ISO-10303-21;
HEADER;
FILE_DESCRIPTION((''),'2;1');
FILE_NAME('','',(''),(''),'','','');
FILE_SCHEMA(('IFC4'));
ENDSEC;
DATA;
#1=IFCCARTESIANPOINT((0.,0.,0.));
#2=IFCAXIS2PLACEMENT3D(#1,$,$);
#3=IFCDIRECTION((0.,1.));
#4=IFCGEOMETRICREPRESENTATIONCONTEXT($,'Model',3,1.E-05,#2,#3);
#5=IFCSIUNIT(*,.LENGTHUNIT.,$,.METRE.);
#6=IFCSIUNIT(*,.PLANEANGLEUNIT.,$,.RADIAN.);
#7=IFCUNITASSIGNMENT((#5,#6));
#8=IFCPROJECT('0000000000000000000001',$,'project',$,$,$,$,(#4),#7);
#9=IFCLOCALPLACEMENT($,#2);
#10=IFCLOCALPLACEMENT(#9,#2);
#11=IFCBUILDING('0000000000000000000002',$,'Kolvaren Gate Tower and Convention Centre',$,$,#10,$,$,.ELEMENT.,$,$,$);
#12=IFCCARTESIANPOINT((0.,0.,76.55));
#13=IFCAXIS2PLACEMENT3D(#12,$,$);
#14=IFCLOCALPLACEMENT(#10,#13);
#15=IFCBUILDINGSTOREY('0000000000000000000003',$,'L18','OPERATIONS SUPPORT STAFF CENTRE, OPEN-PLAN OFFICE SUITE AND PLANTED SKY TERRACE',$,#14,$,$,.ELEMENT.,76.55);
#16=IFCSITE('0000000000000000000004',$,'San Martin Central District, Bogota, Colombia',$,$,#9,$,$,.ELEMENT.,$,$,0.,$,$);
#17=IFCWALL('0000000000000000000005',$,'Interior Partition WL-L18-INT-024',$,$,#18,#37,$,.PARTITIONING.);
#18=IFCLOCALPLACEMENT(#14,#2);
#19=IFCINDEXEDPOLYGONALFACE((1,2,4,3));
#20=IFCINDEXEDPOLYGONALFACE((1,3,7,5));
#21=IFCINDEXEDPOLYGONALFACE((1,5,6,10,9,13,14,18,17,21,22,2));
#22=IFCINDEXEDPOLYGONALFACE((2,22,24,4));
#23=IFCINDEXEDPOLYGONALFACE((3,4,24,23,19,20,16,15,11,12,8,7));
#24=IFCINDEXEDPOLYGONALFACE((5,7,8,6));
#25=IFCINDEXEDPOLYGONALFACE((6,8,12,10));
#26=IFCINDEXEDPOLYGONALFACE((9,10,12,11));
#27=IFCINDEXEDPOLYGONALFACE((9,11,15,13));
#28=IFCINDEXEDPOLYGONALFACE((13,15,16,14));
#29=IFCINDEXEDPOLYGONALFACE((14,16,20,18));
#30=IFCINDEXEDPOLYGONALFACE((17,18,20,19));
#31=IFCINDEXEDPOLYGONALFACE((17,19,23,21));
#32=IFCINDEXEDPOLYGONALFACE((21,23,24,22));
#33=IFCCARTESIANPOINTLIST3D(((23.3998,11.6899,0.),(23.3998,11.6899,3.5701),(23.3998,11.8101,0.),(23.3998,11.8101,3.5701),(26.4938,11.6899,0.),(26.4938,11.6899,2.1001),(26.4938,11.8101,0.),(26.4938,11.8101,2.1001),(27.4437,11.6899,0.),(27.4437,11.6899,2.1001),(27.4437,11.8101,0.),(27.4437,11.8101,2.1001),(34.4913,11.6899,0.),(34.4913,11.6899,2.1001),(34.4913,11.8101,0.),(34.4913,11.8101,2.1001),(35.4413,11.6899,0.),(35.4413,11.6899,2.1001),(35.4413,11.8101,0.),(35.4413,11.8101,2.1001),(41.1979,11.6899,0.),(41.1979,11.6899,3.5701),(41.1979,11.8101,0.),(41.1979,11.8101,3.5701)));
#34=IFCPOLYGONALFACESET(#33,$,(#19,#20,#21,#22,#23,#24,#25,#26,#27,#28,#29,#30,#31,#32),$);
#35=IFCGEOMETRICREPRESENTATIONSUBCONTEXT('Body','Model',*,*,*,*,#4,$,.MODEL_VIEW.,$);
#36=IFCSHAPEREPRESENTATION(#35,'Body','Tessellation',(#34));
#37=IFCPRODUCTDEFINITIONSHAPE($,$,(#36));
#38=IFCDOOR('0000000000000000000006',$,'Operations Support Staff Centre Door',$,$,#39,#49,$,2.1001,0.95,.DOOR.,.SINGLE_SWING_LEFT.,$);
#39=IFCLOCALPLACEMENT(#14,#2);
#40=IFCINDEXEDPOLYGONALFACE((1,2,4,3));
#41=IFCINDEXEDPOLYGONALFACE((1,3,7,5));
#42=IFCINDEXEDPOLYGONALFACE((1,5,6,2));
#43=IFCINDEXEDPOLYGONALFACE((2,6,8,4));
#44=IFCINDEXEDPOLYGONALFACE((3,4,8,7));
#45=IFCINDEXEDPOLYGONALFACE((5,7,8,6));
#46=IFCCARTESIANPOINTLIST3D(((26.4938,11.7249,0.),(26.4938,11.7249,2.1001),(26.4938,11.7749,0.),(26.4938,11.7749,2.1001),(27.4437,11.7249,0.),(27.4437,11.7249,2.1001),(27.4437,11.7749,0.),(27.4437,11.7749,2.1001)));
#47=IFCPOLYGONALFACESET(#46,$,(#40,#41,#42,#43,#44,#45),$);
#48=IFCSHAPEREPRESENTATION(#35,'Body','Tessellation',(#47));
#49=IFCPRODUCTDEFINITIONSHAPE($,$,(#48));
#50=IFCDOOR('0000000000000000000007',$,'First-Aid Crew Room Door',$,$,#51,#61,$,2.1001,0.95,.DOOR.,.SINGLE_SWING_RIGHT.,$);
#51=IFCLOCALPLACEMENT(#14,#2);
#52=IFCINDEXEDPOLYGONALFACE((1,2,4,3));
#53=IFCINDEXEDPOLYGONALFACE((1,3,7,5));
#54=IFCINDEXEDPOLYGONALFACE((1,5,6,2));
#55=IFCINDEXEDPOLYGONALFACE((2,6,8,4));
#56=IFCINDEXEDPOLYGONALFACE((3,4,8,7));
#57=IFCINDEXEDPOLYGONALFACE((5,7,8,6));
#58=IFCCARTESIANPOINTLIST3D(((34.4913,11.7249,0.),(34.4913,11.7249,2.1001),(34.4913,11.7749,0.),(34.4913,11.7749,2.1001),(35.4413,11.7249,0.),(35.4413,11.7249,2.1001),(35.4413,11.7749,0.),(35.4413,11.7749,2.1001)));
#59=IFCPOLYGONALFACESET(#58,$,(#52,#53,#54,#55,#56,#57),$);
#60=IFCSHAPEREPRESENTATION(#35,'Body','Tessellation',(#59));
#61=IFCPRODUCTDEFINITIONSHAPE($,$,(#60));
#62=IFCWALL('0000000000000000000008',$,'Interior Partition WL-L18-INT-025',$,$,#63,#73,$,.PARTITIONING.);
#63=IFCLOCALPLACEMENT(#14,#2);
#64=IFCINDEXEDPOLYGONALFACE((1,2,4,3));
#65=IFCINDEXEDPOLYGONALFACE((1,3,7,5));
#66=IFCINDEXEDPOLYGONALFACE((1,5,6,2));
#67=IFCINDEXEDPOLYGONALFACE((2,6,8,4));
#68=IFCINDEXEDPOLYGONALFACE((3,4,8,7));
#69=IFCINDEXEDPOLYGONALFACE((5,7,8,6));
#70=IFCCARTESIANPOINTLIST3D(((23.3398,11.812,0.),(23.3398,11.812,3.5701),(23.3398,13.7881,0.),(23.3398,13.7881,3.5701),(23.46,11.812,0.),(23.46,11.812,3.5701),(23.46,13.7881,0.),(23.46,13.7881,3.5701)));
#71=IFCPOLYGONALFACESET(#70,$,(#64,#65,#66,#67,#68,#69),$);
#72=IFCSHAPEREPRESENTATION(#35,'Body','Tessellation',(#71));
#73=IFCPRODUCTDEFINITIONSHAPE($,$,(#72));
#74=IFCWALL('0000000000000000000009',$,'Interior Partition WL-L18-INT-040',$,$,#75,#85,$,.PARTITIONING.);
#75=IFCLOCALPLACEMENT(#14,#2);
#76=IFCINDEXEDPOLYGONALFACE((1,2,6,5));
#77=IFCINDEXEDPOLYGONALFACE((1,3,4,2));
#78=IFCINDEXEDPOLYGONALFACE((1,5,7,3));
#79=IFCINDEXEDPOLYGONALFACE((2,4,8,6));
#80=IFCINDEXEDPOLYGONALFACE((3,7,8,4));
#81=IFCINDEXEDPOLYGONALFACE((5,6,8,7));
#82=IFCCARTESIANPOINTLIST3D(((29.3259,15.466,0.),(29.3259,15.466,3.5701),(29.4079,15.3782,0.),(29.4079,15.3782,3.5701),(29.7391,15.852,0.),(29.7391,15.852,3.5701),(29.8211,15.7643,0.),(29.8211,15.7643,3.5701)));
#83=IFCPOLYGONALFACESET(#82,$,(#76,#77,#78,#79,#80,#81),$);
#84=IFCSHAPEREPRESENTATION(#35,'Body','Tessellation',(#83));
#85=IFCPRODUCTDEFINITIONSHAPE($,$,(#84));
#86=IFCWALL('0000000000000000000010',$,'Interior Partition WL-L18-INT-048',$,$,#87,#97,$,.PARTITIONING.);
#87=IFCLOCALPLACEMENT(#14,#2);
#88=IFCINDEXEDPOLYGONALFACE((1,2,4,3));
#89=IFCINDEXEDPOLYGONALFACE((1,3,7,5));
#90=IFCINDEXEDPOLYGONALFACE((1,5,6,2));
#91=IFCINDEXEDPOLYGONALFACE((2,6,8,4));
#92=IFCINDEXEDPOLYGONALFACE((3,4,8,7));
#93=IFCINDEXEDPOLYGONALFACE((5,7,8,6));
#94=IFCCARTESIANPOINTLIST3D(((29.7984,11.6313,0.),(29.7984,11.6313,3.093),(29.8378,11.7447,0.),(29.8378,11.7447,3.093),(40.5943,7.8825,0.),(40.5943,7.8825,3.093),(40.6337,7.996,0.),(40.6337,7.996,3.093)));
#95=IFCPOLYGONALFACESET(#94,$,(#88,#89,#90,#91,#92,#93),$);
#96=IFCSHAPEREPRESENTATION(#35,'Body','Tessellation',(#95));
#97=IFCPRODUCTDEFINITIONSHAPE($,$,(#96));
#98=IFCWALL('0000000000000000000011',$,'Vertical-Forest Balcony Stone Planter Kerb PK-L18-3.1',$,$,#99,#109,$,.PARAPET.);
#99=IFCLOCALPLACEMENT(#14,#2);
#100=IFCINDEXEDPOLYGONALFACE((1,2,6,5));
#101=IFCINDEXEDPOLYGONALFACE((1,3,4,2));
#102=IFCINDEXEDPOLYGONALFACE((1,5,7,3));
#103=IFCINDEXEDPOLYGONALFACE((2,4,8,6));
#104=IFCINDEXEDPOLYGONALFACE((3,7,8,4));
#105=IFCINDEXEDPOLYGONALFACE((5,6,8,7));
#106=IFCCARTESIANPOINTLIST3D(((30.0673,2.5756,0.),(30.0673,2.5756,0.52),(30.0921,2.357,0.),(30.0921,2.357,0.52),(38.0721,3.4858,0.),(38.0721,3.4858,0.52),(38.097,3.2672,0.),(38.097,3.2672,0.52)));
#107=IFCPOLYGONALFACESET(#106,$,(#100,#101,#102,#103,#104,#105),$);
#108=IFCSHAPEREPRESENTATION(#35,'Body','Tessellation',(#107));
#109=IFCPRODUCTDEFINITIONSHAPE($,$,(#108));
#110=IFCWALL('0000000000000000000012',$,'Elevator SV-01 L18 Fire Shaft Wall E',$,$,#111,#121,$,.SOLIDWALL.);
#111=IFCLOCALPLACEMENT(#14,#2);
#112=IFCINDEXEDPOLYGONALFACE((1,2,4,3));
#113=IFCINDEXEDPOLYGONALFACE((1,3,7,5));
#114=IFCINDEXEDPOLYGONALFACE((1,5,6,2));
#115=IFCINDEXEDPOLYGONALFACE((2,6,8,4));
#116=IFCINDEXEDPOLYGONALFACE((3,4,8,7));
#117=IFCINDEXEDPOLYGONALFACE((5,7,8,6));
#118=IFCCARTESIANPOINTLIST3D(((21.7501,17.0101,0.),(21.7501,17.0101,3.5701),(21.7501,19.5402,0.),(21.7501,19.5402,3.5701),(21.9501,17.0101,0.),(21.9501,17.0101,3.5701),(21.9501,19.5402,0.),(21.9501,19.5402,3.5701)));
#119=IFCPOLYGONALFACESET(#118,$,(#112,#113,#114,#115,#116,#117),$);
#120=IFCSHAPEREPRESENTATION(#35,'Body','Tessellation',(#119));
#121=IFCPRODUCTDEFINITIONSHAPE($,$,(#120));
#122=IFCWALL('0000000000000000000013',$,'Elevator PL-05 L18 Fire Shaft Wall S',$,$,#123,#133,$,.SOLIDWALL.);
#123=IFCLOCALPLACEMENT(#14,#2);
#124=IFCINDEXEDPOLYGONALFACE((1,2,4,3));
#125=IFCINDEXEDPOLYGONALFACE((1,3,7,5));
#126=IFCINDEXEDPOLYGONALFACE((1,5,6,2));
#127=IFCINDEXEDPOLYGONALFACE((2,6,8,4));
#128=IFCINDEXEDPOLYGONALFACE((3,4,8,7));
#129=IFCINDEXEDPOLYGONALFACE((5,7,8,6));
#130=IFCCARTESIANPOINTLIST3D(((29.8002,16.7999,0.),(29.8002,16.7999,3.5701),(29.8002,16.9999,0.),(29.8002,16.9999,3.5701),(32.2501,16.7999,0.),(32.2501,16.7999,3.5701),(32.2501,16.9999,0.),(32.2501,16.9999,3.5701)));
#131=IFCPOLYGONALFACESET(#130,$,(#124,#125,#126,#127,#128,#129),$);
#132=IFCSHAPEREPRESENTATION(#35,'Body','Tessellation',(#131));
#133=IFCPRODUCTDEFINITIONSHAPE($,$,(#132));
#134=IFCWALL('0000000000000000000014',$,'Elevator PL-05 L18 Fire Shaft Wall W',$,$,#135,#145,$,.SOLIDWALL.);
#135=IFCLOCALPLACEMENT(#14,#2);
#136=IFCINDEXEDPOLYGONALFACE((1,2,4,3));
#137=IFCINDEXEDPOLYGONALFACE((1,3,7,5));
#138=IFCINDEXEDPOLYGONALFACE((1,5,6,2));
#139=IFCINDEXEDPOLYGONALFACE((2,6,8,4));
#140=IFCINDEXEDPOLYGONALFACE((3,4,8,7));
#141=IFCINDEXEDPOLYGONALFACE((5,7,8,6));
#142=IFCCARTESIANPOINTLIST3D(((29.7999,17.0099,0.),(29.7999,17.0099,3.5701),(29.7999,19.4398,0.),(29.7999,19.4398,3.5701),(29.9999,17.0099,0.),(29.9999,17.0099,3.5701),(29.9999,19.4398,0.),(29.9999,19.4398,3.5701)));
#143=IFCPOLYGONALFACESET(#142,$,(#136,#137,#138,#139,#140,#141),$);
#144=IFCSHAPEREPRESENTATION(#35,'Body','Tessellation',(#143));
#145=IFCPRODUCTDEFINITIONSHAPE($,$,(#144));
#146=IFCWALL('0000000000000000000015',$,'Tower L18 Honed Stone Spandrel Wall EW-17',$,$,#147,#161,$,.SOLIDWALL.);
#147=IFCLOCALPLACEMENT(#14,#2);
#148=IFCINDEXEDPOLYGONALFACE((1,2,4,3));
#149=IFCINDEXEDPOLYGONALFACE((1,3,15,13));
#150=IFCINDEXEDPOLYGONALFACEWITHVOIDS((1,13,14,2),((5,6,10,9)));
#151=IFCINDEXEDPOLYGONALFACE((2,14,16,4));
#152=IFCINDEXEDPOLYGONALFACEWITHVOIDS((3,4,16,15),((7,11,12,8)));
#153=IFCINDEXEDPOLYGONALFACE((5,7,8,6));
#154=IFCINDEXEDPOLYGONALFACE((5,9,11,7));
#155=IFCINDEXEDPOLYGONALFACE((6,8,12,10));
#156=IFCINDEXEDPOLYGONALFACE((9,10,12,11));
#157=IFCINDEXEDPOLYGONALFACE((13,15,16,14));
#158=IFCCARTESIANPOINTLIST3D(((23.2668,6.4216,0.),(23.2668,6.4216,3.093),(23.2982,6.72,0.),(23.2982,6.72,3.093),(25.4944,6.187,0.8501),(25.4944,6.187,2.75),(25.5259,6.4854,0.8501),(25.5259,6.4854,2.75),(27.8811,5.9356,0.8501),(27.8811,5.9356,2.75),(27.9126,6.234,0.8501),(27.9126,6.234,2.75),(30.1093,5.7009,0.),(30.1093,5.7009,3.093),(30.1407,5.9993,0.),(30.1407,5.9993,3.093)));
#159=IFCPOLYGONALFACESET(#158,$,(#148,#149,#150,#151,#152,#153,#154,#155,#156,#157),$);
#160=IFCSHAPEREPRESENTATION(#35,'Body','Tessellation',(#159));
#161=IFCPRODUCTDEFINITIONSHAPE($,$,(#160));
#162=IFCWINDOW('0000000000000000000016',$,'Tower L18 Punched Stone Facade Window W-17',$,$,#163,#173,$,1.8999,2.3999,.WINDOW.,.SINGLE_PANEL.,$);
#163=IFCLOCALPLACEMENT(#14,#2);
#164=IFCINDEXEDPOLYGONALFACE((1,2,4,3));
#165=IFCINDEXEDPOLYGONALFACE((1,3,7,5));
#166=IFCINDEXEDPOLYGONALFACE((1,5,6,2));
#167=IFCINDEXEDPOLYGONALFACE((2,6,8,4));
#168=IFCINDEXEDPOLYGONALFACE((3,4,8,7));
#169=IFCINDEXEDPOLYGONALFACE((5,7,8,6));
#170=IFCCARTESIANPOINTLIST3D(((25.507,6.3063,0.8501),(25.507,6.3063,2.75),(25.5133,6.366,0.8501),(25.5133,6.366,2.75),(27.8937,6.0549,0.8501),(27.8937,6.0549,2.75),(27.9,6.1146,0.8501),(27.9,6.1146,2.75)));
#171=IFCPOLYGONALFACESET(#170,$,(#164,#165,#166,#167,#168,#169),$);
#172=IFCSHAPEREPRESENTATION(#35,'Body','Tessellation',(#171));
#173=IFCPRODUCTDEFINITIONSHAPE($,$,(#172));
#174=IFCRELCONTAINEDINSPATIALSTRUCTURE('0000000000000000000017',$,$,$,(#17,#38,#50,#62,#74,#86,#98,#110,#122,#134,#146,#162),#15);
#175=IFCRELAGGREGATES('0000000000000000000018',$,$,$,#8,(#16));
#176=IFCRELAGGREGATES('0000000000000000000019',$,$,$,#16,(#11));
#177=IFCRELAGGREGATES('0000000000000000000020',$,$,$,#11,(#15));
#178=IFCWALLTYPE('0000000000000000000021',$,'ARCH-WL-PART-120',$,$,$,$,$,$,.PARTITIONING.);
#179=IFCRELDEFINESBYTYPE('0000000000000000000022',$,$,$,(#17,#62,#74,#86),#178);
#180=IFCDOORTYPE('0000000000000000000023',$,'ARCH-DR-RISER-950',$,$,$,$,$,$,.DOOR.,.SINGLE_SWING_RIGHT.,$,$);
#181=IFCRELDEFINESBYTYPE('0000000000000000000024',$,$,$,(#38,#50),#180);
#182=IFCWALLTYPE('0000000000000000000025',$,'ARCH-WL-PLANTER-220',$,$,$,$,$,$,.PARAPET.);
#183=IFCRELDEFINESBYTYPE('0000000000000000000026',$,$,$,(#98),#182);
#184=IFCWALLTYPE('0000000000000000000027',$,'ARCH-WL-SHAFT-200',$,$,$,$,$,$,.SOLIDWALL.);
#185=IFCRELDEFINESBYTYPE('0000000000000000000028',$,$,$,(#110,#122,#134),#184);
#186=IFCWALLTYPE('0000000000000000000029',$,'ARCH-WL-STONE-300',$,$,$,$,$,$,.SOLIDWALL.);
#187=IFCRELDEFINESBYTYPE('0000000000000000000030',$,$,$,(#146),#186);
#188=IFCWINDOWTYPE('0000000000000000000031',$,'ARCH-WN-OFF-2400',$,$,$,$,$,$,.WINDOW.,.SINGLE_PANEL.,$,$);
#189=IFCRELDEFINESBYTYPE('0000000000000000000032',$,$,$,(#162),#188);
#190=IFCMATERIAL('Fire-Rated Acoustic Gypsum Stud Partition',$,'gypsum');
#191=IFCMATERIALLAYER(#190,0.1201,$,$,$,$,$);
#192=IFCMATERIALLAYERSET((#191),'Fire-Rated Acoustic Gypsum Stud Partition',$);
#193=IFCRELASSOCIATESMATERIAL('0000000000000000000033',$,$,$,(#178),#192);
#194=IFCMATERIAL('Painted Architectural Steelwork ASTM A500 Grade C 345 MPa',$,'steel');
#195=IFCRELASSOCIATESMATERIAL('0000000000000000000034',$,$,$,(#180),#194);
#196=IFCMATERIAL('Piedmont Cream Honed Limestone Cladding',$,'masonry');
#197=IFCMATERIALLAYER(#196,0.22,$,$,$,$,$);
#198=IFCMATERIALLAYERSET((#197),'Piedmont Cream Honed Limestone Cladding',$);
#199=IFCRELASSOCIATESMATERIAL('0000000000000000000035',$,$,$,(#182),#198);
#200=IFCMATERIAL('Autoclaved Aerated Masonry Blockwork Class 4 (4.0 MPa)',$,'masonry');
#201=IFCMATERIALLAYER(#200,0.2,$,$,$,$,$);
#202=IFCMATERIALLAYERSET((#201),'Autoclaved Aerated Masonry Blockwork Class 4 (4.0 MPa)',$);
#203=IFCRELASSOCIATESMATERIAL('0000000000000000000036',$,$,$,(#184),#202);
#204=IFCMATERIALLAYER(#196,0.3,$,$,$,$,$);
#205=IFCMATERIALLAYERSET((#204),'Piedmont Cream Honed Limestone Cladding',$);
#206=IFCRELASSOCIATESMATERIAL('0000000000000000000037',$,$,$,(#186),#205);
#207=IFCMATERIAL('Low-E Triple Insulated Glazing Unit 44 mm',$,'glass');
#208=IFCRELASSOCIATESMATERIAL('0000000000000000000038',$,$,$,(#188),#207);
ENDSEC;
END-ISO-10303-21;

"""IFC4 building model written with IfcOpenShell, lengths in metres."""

from ifc_helpers import new_model, si_unit, direction, frame, frame_2d, origin, place, context, subcontext, project, spatial, rectangle, extrude, material, layer, layer_set, type_object, element, fill, save


model = new_model("IFC4")

# Units and contexts
model_context = context("Model", 3, precision=1e-05, world=origin(), true_north=direction((0.0, 1.0)))
body_context = subcontext(model_context, "Body", "Model", "MODEL_VIEW")
ifc_project = project(units=[si_unit("LENGTHUNIT", "METRE"), si_unit("PLANEANGLEUNIT", "RADIAN")], contexts=[model_context])

# Site, building, storey
site_placement = place(None, origin())
site = spatial("IfcSite", under=ifc_project, at=site_placement, Name="San Martin Central District, Bogota, Colombia", CompositionType="ELEMENT", RefElevation=0.0)
building_placement = place(site_placement, origin())
building = spatial("IfcBuilding", under=site, at=building_placement, Name="Kolvaren Gate Tower and Convention Centre", CompositionType="ELEMENT")
storey_placement = place(building_placement, frame((0.0, 0.0, 76.55)))
storey = spatial("IfcBuildingStorey", under=building, at=storey_placement, Name="L18", Description="OPERATIONS SUPPORT STAFF CENTRE, OPEN-PLAN OFFICE SUITE AND PLANTED SKY TERRACE", CompositionType="ELEMENT", Elevation=76.55)

# Shared definitions
ifc_material_1 = material(Name="Fire-Rated Acoustic Gypsum Stud Partition", Category="gypsum")
ifc_layer_1 = layer(ifc_material_1, 0.1201)
ifc_layer_set_1 = layer_set([ifc_layer_1], Name="Fire-Rated Acoustic Gypsum Stud Partition")
wall_type_1 = type_object("IfcWallType", Name="ARCH-WL-PART-120", PredefinedType="PARTITIONING", material=ifc_layer_set_1)

# Wall, openings, doors
wall_1_placement = place(storey_placement, frame((23.3999, 11.75, 0.0), z_axis=(0.0, 0.0, 1.0), x_axis=(1.0, 0.0, 0.0)))
wall_1 = element("IfcWall", 1, at=wall_1_placement, inside=storey, type_object=wall_type_1, Name="Interior Partition WL-L18-INT-024", PredefinedType="PARTITIONING", context=body_context, shape_type="SweptSolid", body=[
    extrude(rectangle(XDim=17.7981, YDim=0.1201, at=frame_2d((8.8989, 0.0))), origin(), (0.0, 0.0, 1.0), 3.5701),
])
opening_1_placement = place(wall_1_placement, frame((3.0938, 0.0, 0.0)))
opening_1 = element("IfcOpeningElement", 2, at=opening_1_placement, cuts=wall_1, PredefinedType="OPENING", context=body_context, shape_type="SweptSolid", body=[
    extrude(rectangle(XDim=0.95, YDim=2.1001, at=frame_2d((0.4751, 1.05))), frame((0.0, 0.0701, 0.0), z_axis=(0.0, -1.0, 0.0), x_axis=(1.0, 0.0, 0.0)), (0.0, 0.0, 1.0), 0.1401),
])
opening_2_placement = place(wall_1_placement, frame((11.0913, 0.0, 0.0)))
opening_2 = element("IfcOpeningElement", 3, at=opening_2_placement, cuts=wall_1, PredefinedType="OPENING", context=body_context, shape_type="SweptSolid", body=[
    extrude(rectangle(XDim=0.95, YDim=2.1001, at=frame_2d((0.4751, 1.05))), frame((0.0, 0.0701, 0.0), z_axis=(0.0, -1.0, 0.0), x_axis=(1.0, 0.0, 0.0)), (0.0, 0.0, 1.0), 0.1401),
])
ifc_material_2 = material(Name="Painted Architectural Steelwork ASTM A500 Grade C 345 MPa", Category="steel")
door_type = type_object("IfcDoorType", Name="ARCH-DR-RISER-950", OperationType="SINGLE_SWING_RIGHT", PredefinedType="DOOR", material=ifc_material_2)
door_1_placement = place(opening_1_placement, origin())
door_1 = element("IfcDoor", 4, at=door_1_placement, inside=storey, type_object=door_type, Name="Operations Support Staff Centre Door", OperationType="SINGLE_SWING_LEFT", OverallHeight=2.1001, OverallWidth=0.95, PredefinedType="DOOR", context=body_context, shape_type="SweptSolid", body=[
    extrude(rectangle(XDim=0.95, YDim=2.1001, at=frame_2d((0.4751, 1.05))), frame((0.0, 0.0249, 0.0), z_axis=(0.0, -1.0, 0.0), x_axis=(1.0, 0.0, 0.0)), (0.0, 0.0, 1.0), 0.05),
])
fill(opening_1, door_1)
door_2_placement = place(opening_2_placement, origin())
door_2 = element("IfcDoor", 5, at=door_2_placement, inside=storey, type_object=door_type, Name="First-Aid Crew Room Door", OperationType="SINGLE_SWING_RIGHT", OverallHeight=2.1001, OverallWidth=0.95, PredefinedType="DOOR", context=body_context, shape_type="SweptSolid", body=[
    extrude(rectangle(XDim=0.95, YDim=2.1001, at=frame_2d((0.4751, 1.05))), frame((0.0, 0.0249, 0.0), z_axis=(0.0, -1.0, 0.0), x_axis=(1.0, 0.0, 0.0)), (0.0, 0.0, 1.0), 0.05),
])
fill(opening_2, door_2)

# Walls
wall_2_placement = place(storey_placement, frame((23.3999, 11.812, 0.0), z_axis=(0.0, 0.0, 1.0), x_axis=(0.0, 1.0, 0.0)))
element("IfcWall", 6, at=wall_2_placement, inside=storey, type_object=wall_type_1, Name="Interior Partition WL-L18-INT-025", PredefinedType="PARTITIONING", context=body_context, shape_type="SweptSolid", body=[
    extrude(rectangle(XDim=1.9761, YDim=0.1201, at=frame_2d((0.988, 0.0))), origin(), (0.0, 0.0, 1.0), 3.5701),
])
wall_3_placement = place(storey_placement, frame((29.3669, 15.4221, 0.0), z_axis=(0.0, 0.0, 1.0), x_axis=(0.730667, 0.682734, 0.0)))
element("IfcWall", 7, at=wall_3_placement, inside=storey, type_object=wall_type_1, Name="Interior Partition WL-L18-INT-040", PredefinedType="PARTITIONING", context=body_context, shape_type="SweptSolid", body=[
    extrude(rectangle(XDim=0.5654, YDim=0.1201, at=frame_2d((0.2827, 0.0))), origin(), (0.0, 0.0, 1.0), 3.5701),
])
wall_4_placement = place(storey_placement, frame((29.8181, 11.688, 0.0), z_axis=(0.0, 0.0, 1.0), x_axis=(0.944668, -0.328028, 0.0)))
element("IfcWall", 8, at=wall_4_placement, inside=storey, type_object=wall_type_1, Name="Interior Partition WL-L18-INT-048", PredefinedType="PARTITIONING", context=body_context, shape_type="SweptSolid", body=[
    extrude(rectangle(XDim=11.4282, YDim=0.1201, at=frame_2d((5.7141, 0.0))), origin(), (0.0, 0.0, 1.0), 3.093),
])
ifc_material_3 = material(Name="Piedmont Cream Honed Limestone Cladding", Category="masonry")
ifc_layer_2 = layer(ifc_material_3, 0.22)
ifc_layer_set_2 = layer_set([ifc_layer_2], Name="Piedmont Cream Honed Limestone Cladding")
wall_type_2 = type_object("IfcWallType", Name="ARCH-WL-PLANTER-220", PredefinedType="PARAPET", material=ifc_layer_set_2)
wall_5_placement = place(storey_placement, frame((30.0796, 2.4663, 0.0), z_axis=(0.0, 0.0, 1.0), x_axis=(0.993598, 0.112972, 0.0)))
element("IfcWall", 9, at=wall_5_placement, inside=storey, type_object=wall_type_2, Name="Vertical-Forest Balcony Stone Planter Kerb PK-L18-3.1", PredefinedType="PARAPET", context=body_context, shape_type="SweptSolid", body=[
    extrude(rectangle(XDim=8.0564, YDim=0.22, at=frame_2d((4.0283, 0.0))), origin(), (0.0, 0.0, 1.0), 0.52),
])
ifc_material_4 = material(Name="Autoclaved Aerated Masonry Blockwork Class 4 (4.0 MPa)", Category="masonry")
ifc_layer_3 = layer(ifc_material_4, 0.2)
ifc_layer_set_3 = layer_set([ifc_layer_3], Name="Autoclaved Aerated Masonry Blockwork Class 4 (4.0 MPa)")
wall_type_3 = type_object("IfcWallType", Name="ARCH-WL-SHAFT-200", PredefinedType="SOLIDWALL", material=ifc_layer_set_3)
wall_6_placement = place(storey_placement, frame((21.8501, 17.01, 0.0), z_axis=(0.0, 0.0, 1.0), x_axis=(0.0, 1.0, 0.0)))
element("IfcWall", 10, at=wall_6_placement, inside=storey, type_object=wall_type_3, Name="Elevator SV-01 L18 Fire Shaft Wall E", PredefinedType="SOLIDWALL", context=body_context, shape_type="SweptSolid", body=[
    extrude(rectangle(XDim=2.53, YDim=0.2, at=frame_2d((1.2651, 0.0))), origin(), (0.0, 0.0, 1.0), 3.5701),
])
wall_7_placement = place(storey_placement, frame((29.8, 16.8999, 0.0), z_axis=(0.0, 0.0, 1.0), x_axis=(1.0, 0.0, 0.0)))
element("IfcWall", 11, at=wall_7_placement, inside=storey, type_object=wall_type_3, Name="Elevator PL-05 L18 Fire Shaft Wall S", PredefinedType="SOLIDWALL", context=body_context, shape_type="SweptSolid", body=[
    extrude(rectangle(XDim=2.45, YDim=0.2, at=frame_2d((1.2251, 0.0))), origin(), (0.0, 0.0, 1.0), 3.5701),
])
wall_8_placement = place(storey_placement, frame((29.8999, 17.01, 0.0), z_axis=(0.0, 0.0, 1.0), x_axis=(0.0, 1.0, 0.0)))
element("IfcWall", 12, at=wall_8_placement, inside=storey, type_object=wall_type_3, Name="Elevator PL-05 L18 Fire Shaft Wall W", PredefinedType="SOLIDWALL", context=body_context, shape_type="SweptSolid", body=[
    extrude(rectangle(XDim=2.4299, YDim=0.2, at=frame_2d((1.2148, 0.0))), origin(), (0.0, 0.0, 1.0), 3.5701),
])

# Wall, opening, window
ifc_layer_4 = layer(ifc_material_3, 0.3)
ifc_layer_set_4 = layer_set([ifc_layer_4], Name="Piedmont Cream Honed Limestone Cladding")
wall_type_4 = type_object("IfcWallType", Name="ARCH-WL-STONE-300", PredefinedType="SOLIDWALL", material=ifc_layer_set_4)
wall_9_placement = place(storey_placement, frame((23.2825, 6.5708, 0.0), z_axis=(0.0, 0.0, 1.0), x_axis=(0.994499, -0.104748, 0.0)))
wall_9 = element("IfcWall", 13, at=wall_9_placement, inside=storey, type_object=wall_type_4, Name="Tower L18 Honed Stone Spandrel Wall EW-17", PredefinedType="SOLIDWALL", context=body_context, shape_type="SweptSolid", body=[
    extrude(rectangle(XDim=6.8804, YDim=0.3, at=frame_2d((3.4402, 0.0))), origin(), (0.0, 0.0, 1.0), 3.093),
])
opening_3_placement = place(wall_9_placement, frame((2.24, 0.0, 0.8501)))
opening_3 = element("IfcOpeningElement", 14, at=opening_3_placement, cuts=wall_9, PredefinedType="OPENING", context=body_context, shape_type="SweptSolid", body=[
    extrude(rectangle(XDim=2.3999, YDim=1.8999, at=frame_2d((1.2, 0.95))), frame((0.0, 0.1599, 0.0), z_axis=(0.0, -1.0, 0.0), x_axis=(1.0, 0.0, 0.0)), (0.0, 0.0, 1.0), 0.3201),
])
ifc_material_5 = material(Name="Low-E Triple Insulated Glazing Unit 44 mm", Category="glass")
window_type = type_object("IfcWindowType", Name="ARCH-WN-OFF-2400", PartitioningType="SINGLE_PANEL", PredefinedType="WINDOW", material=ifc_material_5)
window_placement = place(opening_3_placement, origin())
window = element("IfcWindow", 15, at=window_placement, inside=storey, type_object=window_type, Name="Tower L18 Punched Stone Facade Window W-17", OverallHeight=1.8999, OverallWidth=2.3999, PartitioningType="SINGLE_PANEL", PredefinedType="WINDOW", context=body_context, shape_type="SweptSolid", body=[
    extrude(rectangle(XDim=2.3999, YDim=1.8999, at=frame_2d((1.2, 0.95))), frame((0.0, 0.03, 0.0), z_axis=(0.0, -1.0, 0.0), x_axis=(1.0, 0.0, 0.0)), (0.0, 0.0, 1.0), 0.0601),
])
fill(opening_3, window)

save(model, "model.ifc")
